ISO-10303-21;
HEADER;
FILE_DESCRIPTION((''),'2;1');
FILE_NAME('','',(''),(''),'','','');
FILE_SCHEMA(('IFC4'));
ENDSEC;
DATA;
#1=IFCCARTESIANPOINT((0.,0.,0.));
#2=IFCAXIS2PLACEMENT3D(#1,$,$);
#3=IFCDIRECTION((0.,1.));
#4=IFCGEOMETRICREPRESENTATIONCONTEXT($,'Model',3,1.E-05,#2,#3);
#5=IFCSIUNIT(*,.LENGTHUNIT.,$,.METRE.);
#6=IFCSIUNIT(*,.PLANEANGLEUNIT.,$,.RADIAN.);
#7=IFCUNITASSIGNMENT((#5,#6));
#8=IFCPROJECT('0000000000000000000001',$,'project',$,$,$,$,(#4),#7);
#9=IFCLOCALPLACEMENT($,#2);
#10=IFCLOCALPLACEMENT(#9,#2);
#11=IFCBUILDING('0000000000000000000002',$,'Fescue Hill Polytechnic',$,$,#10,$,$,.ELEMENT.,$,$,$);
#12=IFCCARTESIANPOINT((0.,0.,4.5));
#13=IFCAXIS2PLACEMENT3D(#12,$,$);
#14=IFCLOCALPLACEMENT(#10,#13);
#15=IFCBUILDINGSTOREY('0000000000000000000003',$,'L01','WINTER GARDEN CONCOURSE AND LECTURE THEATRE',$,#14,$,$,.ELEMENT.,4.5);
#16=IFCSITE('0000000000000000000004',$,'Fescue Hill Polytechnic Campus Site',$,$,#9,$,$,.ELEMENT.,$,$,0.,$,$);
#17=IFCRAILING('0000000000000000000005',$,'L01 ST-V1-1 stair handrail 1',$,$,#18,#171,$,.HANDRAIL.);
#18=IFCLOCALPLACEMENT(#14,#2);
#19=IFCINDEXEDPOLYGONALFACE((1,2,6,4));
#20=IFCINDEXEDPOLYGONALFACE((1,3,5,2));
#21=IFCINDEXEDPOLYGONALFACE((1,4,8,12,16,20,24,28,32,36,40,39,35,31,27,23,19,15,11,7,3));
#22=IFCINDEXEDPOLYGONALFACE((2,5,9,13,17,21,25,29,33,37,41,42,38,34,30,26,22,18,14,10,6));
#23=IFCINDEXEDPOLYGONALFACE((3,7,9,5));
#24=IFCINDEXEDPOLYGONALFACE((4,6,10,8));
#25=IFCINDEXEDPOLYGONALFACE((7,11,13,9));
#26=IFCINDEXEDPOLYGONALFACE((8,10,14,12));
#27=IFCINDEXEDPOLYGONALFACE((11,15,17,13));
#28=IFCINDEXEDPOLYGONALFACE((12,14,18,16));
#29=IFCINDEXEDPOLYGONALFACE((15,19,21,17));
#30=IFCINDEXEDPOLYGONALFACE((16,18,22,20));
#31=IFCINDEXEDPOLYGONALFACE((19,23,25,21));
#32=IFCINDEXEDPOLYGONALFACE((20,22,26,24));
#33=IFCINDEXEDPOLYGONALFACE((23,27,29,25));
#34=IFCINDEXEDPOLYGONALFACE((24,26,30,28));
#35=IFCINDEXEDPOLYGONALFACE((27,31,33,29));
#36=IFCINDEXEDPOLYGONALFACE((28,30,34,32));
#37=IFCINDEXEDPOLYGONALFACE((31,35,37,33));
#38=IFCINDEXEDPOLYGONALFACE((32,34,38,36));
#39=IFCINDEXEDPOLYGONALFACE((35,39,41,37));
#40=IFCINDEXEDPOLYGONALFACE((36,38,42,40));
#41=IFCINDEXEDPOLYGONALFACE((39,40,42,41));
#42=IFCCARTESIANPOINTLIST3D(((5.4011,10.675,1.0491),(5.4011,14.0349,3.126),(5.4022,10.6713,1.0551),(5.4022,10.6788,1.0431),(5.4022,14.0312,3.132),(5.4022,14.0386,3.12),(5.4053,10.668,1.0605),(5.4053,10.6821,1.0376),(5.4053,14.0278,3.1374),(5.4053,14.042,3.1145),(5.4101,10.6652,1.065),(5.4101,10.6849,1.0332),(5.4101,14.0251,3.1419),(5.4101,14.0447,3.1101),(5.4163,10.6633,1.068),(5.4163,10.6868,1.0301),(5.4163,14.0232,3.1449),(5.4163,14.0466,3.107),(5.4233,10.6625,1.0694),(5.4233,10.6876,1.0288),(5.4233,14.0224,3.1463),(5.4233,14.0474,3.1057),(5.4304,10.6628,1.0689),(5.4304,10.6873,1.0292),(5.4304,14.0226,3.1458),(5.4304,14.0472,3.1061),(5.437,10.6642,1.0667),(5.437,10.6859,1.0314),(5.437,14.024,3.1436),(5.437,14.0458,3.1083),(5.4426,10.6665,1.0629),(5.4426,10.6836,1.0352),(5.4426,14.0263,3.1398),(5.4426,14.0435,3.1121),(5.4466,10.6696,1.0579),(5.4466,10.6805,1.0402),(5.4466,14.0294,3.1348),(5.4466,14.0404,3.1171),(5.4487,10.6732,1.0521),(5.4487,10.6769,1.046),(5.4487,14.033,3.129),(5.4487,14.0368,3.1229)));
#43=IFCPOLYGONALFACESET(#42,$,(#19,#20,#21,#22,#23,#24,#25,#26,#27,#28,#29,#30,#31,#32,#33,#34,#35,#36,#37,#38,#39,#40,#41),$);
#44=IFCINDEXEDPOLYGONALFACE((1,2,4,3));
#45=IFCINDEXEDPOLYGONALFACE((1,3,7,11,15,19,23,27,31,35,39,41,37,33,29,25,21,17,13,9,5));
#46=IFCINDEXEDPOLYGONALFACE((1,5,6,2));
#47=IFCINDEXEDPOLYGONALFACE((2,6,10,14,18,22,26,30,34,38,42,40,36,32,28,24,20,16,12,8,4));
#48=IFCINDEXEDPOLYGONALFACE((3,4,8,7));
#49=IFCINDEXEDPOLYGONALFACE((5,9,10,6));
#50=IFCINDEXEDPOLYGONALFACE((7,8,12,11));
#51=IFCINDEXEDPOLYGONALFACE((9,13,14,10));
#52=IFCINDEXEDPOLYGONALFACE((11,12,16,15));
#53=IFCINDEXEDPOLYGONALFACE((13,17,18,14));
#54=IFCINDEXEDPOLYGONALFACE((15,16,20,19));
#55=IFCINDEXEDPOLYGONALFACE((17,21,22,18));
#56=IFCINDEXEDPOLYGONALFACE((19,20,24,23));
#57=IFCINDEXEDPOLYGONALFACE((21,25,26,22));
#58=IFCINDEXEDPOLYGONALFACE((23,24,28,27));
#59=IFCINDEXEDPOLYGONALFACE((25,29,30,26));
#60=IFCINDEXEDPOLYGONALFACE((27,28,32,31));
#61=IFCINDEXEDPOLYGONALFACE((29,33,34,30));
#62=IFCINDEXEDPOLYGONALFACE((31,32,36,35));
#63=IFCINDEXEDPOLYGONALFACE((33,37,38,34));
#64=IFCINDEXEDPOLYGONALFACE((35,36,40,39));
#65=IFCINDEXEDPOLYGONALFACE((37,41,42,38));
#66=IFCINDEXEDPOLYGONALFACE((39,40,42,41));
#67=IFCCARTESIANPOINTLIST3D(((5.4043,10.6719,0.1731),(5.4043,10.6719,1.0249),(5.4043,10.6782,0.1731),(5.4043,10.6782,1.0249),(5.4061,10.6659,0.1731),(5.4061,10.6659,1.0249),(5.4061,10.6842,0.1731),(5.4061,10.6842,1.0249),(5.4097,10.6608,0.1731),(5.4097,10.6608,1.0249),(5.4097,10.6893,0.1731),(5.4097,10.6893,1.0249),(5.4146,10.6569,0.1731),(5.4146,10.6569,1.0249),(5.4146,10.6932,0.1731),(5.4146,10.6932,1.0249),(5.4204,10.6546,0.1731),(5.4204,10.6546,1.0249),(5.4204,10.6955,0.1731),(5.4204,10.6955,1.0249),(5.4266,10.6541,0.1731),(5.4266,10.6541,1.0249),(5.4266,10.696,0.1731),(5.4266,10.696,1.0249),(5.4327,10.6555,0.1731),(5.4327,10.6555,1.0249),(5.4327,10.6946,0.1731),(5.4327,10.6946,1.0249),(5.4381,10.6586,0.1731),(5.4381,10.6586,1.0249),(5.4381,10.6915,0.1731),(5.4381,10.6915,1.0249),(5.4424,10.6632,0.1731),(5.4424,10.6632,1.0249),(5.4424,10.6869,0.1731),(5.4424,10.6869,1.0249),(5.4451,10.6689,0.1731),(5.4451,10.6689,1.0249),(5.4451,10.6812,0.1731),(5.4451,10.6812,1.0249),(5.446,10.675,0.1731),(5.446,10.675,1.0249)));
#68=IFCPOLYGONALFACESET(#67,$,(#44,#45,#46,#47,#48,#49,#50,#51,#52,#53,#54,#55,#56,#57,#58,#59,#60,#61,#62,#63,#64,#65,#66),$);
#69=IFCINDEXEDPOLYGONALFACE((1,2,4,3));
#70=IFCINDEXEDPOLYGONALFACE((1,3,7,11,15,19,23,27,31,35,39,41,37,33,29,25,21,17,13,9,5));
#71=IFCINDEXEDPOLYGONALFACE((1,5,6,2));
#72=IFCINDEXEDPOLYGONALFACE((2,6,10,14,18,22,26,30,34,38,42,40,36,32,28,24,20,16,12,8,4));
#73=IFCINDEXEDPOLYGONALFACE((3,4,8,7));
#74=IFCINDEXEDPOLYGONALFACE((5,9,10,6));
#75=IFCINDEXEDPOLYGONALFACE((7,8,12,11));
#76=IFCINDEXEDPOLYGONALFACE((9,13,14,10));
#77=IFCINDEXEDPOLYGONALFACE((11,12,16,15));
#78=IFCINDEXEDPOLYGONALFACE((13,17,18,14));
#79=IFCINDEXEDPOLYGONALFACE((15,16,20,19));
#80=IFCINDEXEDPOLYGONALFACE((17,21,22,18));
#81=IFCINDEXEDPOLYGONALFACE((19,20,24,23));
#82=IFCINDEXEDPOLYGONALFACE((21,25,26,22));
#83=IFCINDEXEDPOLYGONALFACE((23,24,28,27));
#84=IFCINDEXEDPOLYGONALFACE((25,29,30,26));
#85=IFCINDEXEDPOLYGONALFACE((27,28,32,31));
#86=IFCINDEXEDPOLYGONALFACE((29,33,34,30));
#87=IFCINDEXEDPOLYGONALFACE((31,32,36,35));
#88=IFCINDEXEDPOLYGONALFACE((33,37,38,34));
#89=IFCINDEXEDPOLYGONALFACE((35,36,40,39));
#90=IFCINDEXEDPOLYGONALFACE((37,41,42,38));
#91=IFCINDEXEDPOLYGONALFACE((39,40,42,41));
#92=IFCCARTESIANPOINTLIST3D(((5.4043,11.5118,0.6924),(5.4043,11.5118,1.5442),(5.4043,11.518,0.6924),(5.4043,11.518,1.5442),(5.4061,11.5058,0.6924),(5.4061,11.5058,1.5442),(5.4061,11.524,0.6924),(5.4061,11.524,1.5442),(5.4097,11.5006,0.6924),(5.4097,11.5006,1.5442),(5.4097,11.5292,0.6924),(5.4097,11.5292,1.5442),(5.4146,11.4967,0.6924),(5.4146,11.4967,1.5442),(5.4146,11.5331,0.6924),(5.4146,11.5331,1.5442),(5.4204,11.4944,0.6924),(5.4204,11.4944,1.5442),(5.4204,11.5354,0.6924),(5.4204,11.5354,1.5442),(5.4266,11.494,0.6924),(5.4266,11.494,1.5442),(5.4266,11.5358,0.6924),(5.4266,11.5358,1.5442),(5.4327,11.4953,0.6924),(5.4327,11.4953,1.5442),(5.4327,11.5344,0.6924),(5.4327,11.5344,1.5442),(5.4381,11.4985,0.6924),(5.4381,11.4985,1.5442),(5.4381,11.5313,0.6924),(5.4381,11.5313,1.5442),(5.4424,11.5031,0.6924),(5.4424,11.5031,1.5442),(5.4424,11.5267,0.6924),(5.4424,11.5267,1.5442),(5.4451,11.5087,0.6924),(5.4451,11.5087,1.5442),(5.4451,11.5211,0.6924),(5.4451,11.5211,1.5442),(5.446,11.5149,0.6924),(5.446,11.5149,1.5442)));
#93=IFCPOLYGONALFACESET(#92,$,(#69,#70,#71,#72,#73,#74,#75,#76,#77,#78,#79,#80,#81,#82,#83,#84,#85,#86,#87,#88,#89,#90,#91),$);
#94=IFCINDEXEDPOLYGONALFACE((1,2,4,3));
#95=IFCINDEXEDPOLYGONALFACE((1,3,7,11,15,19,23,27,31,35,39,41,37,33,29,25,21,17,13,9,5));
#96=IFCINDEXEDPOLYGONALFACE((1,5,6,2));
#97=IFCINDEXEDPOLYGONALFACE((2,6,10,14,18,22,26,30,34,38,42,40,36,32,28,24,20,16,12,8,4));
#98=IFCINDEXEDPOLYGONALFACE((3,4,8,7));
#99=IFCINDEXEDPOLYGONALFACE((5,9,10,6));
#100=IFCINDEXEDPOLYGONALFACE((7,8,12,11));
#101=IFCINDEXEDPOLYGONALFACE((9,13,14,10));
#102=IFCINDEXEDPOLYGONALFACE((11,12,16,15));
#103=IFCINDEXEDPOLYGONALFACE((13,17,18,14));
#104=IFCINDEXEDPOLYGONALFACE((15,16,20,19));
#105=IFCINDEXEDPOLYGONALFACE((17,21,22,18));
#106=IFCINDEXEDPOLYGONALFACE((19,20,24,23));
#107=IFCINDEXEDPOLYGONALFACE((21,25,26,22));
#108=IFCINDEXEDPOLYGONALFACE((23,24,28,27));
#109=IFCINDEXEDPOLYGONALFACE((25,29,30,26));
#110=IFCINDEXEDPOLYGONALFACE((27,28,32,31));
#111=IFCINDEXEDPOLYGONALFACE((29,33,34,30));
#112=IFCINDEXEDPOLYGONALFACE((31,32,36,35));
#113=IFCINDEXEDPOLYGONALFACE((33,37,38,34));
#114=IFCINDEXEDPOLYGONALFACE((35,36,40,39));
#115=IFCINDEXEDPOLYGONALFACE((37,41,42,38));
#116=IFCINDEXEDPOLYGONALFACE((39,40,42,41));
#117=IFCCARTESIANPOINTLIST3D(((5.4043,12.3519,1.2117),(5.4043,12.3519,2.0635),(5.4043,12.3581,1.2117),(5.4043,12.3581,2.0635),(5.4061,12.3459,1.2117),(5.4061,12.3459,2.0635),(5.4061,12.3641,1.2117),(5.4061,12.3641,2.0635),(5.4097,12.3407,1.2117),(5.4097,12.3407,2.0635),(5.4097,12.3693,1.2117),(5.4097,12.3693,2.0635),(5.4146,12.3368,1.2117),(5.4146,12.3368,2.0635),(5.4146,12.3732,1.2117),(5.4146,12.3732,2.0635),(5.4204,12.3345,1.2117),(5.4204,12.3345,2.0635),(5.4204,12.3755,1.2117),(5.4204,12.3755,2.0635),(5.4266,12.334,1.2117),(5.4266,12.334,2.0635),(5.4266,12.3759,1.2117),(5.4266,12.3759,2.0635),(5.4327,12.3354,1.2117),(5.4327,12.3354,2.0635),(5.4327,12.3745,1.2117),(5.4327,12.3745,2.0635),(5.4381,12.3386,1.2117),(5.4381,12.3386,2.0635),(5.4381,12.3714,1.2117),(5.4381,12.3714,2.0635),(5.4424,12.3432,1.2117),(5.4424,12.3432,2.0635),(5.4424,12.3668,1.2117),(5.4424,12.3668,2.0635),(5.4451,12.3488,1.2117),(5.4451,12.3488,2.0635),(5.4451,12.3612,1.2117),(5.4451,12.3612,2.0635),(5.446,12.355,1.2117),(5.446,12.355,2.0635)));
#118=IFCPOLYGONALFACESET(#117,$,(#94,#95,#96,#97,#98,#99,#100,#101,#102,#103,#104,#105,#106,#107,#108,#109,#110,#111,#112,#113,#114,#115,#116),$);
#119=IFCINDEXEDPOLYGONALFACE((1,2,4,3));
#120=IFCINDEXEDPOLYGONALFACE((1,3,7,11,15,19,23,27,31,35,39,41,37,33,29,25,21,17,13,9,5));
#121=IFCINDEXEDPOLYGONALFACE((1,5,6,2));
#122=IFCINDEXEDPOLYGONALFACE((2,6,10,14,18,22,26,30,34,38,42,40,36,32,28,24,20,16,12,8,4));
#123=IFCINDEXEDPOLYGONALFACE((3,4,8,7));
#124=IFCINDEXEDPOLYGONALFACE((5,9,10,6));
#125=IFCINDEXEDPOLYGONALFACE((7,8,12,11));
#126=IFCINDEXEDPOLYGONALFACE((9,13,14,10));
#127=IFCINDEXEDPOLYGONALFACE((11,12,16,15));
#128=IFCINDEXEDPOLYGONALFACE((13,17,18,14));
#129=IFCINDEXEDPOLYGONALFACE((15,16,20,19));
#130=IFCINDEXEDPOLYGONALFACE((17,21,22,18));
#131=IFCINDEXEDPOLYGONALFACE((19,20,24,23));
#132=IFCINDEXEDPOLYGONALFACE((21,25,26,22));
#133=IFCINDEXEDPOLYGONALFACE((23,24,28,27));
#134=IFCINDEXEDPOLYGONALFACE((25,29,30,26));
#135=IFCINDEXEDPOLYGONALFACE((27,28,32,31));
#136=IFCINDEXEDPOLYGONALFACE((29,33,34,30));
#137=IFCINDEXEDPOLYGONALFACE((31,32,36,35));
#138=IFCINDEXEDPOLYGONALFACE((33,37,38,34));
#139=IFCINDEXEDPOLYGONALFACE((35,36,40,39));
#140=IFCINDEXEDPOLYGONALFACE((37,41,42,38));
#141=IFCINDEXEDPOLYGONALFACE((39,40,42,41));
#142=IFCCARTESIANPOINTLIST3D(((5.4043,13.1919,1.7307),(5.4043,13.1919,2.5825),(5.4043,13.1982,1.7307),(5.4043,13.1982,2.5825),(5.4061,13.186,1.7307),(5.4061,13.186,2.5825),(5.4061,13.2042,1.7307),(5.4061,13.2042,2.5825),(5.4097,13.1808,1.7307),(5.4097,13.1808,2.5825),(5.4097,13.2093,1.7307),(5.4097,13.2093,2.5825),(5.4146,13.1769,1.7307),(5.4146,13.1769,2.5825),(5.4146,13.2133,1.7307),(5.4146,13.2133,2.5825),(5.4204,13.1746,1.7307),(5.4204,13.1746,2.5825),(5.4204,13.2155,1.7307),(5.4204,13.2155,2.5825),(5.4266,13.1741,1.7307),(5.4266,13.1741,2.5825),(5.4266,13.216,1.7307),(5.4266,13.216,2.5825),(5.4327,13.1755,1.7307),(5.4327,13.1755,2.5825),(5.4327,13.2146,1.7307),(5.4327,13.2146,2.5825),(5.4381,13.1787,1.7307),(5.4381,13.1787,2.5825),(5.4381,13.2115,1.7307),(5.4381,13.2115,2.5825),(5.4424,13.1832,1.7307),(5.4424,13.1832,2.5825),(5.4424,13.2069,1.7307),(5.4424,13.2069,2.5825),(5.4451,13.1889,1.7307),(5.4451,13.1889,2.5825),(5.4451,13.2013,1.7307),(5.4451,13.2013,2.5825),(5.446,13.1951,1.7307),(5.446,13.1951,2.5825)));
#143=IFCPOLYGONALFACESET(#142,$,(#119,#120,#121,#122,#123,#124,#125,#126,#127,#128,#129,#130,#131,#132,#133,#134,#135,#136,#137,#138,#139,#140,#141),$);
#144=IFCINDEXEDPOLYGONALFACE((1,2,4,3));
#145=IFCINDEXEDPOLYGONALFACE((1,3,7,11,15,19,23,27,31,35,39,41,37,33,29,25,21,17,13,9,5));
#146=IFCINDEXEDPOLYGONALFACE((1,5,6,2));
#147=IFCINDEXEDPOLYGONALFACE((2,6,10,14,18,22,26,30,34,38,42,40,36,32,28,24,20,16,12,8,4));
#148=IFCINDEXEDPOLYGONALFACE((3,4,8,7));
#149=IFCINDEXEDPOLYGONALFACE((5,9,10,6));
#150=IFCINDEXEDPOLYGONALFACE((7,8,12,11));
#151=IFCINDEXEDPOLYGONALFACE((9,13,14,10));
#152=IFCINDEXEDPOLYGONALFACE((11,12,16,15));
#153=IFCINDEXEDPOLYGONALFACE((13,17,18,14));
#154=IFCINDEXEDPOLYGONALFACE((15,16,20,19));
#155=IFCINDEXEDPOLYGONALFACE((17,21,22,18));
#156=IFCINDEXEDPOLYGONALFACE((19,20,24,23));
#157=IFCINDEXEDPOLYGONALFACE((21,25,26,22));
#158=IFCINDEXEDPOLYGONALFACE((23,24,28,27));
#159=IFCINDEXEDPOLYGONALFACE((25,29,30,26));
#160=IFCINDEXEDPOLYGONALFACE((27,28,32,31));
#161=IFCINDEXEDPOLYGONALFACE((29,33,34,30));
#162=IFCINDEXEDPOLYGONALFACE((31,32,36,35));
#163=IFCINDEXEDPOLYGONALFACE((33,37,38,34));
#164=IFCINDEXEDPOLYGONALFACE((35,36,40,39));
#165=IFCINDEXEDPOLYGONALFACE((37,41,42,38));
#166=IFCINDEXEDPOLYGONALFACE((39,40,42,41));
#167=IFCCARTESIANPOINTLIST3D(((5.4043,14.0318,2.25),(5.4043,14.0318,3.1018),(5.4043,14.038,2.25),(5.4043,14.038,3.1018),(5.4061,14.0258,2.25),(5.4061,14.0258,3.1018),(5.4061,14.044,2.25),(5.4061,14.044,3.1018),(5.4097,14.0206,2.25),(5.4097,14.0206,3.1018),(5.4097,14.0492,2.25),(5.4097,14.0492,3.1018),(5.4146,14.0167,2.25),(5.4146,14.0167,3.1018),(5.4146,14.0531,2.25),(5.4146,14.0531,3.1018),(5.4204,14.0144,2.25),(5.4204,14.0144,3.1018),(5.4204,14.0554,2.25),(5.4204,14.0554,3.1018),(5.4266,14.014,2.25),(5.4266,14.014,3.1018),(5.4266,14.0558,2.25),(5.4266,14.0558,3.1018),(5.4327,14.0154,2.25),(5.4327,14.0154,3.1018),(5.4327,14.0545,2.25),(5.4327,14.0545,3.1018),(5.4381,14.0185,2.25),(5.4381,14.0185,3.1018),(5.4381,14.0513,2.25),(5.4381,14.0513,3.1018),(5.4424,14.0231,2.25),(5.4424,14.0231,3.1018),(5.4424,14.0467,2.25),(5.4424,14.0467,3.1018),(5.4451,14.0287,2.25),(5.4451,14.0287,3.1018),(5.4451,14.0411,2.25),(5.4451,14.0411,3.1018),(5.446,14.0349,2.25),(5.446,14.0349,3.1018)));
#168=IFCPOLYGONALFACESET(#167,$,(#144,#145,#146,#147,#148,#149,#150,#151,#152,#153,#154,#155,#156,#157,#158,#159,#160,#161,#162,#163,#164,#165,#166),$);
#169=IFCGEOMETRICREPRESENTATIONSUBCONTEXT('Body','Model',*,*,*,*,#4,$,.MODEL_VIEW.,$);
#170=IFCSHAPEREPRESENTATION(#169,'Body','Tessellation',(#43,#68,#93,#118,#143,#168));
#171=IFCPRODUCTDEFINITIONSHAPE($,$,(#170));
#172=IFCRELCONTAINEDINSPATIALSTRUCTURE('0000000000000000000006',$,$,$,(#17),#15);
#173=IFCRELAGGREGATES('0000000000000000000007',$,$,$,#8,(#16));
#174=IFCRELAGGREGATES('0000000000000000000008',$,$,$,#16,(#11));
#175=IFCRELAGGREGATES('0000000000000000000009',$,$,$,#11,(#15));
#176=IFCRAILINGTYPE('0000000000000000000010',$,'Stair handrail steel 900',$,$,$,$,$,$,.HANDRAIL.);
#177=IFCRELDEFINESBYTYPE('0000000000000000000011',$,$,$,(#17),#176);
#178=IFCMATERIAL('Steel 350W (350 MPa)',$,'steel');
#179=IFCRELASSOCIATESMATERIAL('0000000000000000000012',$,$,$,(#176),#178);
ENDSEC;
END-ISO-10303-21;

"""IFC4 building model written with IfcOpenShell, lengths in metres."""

from ifc_helpers import new_model, si_unit, direction, frame, origin, origin_2d, place, context, subcontext, project, spatial, circle, extrude, material, type_object, element, save


model = new_model("IFC4")

# Units and contexts
model_context = context("Model", 3, precision=1e-05, world=origin(), true_north=direction((0.0, 1.0)))
body_context = subcontext(model_context, "Body", "Model", "MODEL_VIEW")
ifc_project = project(units=[si_unit("LENGTHUNIT", "METRE"), si_unit("PLANEANGLEUNIT", "RADIAN")], contexts=[model_context])

# Site, building, storey
site_placement = place(None, origin())
site = spatial("IfcSite", under=ifc_project, at=site_placement, Name="Fescue Hill Polytechnic Campus Site", CompositionType="ELEMENT", RefElevation=0.0)
building_placement = place(site_placement, origin())
building = spatial("IfcBuilding", under=site, at=building_placement, Name="Fescue Hill Polytechnic", CompositionType="ELEMENT")
storey_placement = place(building_placement, frame((0.0, 0.0, 4.5)))
storey = spatial("IfcBuildingStorey", under=building, at=storey_placement, Name="L01", Description="WINTER GARDEN CONCOURSE AND LECTURE THEATRE", CompositionType="ELEMENT", Elevation=4.5)

# Shared definitions
ifc_material_1 = material(Name="Steel 350W (350 MPa)", Category="steel")

# Railing
railing_type_1 = type_object("IfcRailingType", Name="Stair handrail steel 900", PredefinedType="HANDRAIL", material=ifc_material_1)
for number, where, name in (
    (1, (5.425, 10.675, 0.1731), "L01 ST-V1-1 stair handrail 1"),
):
    element("IfcRailing", number, at=place(storey_placement, frame(where)), inside=storey, type_object=railing_type_1, Name=name, PredefinedType="HANDRAIL", context=body_context, shape_type="SweptSolid", body=[
        extrude(circle(Radius=0.0239, at=origin_2d()), frame((0.0, 0.0, 0.876), z_axis=(0.0, 0.850606, 0.525803), x_axis=(-1.0, 0.0, 0.0)), (0.0, 0.0, 1.0), 3.95),
        extrude(circle(Radius=0.021, at=origin_2d()), origin(), (0.0, 0.0, 1.0), 0.8518),
        extrude(circle(Radius=0.021, at=origin_2d()), frame((0.0, 0.8398, 0.5193)), (0.0, 0.0, 1.0), 0.8518),
        extrude(circle(Radius=0.021, at=origin_2d()), frame((0.0, 1.6799, 1.0386)), (0.0, 0.0, 1.0), 0.8518),
        extrude(circle(Radius=0.021, at=origin_2d()), frame((0.0, 2.52, 1.5576)), (0.0, 0.0, 1.0), 0.8518),
        extrude(circle(Radius=0.021, at=origin_2d()), frame((0.0, 3.3599, 2.0769)), (0.0, 0.0, 1.0), 0.8518),
    ])

save(model, "model.ifc")
